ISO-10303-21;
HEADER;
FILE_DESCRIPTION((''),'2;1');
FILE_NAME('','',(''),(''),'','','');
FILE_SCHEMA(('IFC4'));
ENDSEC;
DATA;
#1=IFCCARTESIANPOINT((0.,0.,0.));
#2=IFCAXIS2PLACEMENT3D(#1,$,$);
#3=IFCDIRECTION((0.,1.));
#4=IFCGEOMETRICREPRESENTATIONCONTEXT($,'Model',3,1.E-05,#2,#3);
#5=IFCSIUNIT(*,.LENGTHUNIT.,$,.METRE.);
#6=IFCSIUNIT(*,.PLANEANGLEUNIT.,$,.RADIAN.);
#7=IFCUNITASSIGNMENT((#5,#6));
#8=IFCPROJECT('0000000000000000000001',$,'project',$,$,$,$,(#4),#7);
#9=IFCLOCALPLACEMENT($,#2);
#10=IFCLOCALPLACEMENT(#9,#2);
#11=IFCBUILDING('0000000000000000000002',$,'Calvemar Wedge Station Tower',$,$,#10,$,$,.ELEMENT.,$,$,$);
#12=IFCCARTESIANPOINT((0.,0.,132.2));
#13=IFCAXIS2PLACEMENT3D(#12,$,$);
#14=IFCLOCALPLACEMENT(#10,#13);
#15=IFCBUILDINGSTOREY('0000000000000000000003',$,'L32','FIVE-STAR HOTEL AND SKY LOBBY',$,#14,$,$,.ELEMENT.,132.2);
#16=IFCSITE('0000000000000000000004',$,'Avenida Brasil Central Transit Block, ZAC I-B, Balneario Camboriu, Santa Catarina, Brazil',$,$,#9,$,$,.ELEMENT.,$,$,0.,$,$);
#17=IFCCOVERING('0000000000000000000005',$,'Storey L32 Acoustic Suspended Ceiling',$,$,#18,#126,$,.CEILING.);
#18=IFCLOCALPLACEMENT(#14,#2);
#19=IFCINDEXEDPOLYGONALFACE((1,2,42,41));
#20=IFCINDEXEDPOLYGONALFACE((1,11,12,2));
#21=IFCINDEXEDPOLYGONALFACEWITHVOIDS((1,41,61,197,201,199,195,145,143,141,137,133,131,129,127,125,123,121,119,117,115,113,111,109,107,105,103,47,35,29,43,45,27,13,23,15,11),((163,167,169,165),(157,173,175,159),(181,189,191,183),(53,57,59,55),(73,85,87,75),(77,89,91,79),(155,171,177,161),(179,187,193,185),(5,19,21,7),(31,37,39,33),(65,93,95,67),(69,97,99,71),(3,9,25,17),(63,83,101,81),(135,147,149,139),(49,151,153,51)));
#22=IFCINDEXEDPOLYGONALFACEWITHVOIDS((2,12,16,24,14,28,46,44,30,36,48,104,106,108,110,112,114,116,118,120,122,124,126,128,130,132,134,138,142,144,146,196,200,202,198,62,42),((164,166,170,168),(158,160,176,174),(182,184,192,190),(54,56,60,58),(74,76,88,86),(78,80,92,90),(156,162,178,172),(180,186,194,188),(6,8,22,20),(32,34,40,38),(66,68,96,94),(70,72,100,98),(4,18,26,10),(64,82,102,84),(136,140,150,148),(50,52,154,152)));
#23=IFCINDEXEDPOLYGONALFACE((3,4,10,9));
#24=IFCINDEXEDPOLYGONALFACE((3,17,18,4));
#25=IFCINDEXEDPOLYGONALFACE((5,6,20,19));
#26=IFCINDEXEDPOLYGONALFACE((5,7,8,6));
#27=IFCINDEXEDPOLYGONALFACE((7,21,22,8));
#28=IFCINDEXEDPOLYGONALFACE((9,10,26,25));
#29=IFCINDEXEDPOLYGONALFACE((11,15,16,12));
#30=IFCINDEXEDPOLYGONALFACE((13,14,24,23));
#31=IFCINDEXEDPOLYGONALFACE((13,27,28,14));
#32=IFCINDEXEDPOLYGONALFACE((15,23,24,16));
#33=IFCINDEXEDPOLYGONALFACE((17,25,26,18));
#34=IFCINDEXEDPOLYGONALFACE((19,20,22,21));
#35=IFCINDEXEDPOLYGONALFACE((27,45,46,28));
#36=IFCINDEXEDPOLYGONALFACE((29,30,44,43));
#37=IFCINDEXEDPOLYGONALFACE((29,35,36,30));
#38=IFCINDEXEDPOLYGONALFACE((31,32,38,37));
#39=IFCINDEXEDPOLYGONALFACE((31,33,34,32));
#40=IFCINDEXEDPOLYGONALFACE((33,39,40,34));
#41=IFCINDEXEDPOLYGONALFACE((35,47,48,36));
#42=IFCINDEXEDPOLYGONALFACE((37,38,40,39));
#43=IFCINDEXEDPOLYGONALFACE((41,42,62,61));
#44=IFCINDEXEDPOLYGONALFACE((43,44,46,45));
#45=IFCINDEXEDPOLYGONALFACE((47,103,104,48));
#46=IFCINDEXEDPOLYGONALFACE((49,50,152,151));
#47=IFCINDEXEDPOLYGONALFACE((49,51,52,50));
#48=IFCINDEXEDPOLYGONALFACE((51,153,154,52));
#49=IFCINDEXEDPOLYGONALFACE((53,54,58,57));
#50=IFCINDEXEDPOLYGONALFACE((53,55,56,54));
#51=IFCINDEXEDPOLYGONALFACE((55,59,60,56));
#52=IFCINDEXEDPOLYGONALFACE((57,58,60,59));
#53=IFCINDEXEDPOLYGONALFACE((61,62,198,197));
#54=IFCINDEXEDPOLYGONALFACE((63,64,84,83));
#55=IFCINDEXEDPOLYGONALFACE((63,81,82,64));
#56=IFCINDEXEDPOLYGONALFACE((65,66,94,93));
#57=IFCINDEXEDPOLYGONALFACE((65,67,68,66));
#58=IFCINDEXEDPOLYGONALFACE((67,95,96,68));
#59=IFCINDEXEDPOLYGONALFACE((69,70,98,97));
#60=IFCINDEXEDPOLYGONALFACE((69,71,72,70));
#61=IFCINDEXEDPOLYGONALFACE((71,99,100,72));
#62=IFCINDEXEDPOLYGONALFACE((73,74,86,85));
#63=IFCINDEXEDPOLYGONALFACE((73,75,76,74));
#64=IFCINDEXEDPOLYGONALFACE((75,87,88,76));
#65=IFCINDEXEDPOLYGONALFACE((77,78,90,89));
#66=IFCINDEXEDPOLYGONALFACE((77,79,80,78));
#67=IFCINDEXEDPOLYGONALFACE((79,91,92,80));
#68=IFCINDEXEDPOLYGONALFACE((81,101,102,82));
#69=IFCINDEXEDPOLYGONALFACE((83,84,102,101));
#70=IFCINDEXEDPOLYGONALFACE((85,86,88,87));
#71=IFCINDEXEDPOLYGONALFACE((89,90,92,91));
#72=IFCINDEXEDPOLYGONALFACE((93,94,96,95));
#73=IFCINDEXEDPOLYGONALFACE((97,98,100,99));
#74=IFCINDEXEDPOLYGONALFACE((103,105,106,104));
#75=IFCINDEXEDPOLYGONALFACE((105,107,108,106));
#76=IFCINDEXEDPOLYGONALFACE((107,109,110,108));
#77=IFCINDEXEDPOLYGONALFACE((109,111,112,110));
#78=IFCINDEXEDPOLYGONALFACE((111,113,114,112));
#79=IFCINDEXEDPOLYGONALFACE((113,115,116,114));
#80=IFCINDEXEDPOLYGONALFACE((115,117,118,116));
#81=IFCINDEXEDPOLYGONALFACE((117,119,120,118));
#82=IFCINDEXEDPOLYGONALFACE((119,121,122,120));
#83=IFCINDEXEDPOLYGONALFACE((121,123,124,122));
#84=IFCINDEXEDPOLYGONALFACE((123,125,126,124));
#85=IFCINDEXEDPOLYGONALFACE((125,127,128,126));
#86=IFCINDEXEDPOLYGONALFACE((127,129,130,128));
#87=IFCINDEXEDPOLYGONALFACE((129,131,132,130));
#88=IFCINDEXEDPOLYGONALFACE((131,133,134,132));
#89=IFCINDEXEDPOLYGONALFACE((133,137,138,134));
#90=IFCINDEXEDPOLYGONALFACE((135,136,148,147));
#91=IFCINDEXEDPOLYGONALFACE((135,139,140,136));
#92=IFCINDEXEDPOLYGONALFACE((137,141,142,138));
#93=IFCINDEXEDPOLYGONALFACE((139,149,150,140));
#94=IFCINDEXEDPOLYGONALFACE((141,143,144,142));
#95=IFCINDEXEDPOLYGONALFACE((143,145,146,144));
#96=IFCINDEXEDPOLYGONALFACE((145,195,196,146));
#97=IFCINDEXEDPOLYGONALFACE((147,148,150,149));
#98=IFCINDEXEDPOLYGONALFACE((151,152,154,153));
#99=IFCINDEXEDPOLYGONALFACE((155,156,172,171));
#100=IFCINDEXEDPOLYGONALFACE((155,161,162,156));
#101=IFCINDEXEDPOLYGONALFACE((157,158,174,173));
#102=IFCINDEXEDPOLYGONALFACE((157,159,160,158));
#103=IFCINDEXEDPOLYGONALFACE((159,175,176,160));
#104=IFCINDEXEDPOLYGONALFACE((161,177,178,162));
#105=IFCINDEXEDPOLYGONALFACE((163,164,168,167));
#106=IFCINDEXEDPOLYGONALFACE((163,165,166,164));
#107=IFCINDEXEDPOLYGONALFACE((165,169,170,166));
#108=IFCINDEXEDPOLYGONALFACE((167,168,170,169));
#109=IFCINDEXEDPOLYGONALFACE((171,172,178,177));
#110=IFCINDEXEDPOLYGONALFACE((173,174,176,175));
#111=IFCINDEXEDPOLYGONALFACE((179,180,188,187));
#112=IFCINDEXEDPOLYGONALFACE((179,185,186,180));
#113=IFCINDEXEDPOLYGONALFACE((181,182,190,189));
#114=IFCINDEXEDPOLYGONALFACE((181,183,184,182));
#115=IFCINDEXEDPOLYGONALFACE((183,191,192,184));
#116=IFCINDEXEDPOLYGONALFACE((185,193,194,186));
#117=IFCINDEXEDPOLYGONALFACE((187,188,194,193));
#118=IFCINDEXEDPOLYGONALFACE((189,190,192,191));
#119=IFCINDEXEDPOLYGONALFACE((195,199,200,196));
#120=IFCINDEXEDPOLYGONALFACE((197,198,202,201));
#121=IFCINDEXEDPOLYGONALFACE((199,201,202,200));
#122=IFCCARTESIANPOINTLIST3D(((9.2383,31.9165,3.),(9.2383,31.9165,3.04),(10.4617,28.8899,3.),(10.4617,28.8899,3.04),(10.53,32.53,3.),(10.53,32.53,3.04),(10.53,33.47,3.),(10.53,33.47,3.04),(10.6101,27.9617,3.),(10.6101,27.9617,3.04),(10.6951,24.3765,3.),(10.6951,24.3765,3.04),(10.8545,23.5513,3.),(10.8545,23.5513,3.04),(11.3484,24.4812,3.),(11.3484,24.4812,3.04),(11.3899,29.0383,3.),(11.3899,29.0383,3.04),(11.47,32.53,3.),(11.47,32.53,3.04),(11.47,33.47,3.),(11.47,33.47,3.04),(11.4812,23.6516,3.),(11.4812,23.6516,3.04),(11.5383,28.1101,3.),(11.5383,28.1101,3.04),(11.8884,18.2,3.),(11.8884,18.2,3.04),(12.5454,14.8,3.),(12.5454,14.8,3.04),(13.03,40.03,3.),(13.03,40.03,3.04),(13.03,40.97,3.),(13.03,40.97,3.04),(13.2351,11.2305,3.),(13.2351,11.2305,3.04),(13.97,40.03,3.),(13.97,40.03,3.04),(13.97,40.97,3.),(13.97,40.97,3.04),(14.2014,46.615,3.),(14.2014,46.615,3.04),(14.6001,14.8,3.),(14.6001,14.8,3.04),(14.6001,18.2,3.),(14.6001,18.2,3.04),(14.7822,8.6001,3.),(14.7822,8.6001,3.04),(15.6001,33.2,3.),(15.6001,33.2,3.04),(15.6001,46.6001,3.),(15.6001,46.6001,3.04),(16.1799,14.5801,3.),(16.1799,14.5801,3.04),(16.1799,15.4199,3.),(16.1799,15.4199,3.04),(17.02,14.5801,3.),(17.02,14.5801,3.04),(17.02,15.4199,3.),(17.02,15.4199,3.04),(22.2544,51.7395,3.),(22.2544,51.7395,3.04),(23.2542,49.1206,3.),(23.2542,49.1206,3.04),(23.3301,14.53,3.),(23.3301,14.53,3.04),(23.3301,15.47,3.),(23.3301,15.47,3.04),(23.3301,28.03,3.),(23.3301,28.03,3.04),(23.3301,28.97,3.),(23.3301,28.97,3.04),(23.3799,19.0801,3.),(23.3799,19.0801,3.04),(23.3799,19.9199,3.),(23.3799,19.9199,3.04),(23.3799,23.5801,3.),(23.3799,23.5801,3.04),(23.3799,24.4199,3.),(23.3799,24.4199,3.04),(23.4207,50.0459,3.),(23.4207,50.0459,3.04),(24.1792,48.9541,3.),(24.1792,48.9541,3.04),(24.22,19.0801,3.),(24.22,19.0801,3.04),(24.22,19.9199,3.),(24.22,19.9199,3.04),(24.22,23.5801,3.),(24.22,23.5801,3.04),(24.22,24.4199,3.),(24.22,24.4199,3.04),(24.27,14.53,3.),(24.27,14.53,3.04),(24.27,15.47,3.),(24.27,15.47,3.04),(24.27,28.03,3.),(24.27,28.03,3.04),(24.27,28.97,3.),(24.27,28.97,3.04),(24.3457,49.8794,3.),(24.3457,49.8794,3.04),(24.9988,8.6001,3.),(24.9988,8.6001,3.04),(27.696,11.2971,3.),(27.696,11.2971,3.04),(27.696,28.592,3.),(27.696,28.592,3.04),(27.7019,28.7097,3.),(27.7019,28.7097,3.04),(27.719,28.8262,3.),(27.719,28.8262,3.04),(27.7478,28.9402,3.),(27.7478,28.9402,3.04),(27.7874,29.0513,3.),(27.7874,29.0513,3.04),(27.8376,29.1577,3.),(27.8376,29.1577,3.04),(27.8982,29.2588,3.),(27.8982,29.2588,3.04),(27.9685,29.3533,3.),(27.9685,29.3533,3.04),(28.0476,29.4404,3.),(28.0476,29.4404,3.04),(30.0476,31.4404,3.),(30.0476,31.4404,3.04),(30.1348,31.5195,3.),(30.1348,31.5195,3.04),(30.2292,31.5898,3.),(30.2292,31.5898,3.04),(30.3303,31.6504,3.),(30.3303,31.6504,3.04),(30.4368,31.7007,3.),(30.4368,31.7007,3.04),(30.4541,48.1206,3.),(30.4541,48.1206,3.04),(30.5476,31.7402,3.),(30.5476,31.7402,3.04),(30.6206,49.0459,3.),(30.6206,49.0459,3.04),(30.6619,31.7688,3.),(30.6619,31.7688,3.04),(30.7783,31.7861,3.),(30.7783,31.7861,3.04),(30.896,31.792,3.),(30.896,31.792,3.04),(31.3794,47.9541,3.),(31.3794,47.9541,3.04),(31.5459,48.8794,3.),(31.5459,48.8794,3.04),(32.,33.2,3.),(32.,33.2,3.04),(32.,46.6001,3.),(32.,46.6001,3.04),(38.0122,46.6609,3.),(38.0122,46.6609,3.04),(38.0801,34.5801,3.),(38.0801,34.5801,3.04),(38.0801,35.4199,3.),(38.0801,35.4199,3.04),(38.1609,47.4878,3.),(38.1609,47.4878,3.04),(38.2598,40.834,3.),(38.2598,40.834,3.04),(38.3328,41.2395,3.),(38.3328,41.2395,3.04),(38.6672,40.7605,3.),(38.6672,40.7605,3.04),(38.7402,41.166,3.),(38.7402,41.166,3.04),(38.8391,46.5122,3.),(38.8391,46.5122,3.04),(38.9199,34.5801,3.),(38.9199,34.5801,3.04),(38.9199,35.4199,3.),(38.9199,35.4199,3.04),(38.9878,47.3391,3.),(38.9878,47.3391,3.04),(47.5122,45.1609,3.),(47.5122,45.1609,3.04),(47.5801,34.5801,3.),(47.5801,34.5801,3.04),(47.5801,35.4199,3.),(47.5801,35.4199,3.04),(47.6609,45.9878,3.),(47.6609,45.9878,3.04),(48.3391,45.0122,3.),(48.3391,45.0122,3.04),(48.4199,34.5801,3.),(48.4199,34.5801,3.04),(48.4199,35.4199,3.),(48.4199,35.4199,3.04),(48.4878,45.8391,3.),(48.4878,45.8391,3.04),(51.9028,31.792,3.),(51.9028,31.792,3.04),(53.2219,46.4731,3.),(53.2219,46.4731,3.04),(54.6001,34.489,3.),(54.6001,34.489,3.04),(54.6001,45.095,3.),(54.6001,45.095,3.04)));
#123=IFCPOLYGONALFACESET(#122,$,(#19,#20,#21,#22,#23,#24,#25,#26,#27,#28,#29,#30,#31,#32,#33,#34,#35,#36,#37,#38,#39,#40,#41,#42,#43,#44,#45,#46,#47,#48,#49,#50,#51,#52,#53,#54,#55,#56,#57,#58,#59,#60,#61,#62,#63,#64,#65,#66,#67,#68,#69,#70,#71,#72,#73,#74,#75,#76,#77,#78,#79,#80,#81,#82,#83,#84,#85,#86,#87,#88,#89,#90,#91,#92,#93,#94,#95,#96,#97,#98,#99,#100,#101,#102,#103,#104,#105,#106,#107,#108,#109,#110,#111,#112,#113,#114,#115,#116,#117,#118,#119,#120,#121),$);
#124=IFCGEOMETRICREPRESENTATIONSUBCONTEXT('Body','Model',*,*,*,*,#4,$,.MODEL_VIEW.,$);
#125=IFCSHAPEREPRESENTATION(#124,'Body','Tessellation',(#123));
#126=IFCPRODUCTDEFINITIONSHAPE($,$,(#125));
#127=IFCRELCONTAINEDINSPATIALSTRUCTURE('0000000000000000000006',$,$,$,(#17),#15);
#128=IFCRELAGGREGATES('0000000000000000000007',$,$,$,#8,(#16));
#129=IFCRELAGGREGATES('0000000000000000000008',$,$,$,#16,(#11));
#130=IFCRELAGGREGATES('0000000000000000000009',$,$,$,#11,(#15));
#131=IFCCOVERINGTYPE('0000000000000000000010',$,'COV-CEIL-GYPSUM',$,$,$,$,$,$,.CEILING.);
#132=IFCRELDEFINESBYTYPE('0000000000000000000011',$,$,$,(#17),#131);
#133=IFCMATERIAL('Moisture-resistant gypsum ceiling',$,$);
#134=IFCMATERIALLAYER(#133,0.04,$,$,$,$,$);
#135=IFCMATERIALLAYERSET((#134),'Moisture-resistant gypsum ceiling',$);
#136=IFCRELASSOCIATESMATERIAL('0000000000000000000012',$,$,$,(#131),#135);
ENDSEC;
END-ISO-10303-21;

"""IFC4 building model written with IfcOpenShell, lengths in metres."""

from ifc_helpers import new_model, si_unit, direction, frame, origin, place, context, subcontext, project, spatial, polyline, outline, extrude, material, layer, layer_set, type_object, element, save


model = new_model("IFC4")

# Units and contexts
model_context = context("Model", 3, precision=1e-05, world=origin(), true_north=direction((0.0, 1.0)))
body_context = subcontext(model_context, "Body", "Model", "MODEL_VIEW")
ifc_project = project(units=[si_unit("LENGTHUNIT", "METRE"), si_unit("PLANEANGLEUNIT", "RADIAN")], contexts=[model_context])

# Site, building, storey
site_placement = place(None, origin())
site = spatial("IfcSite", under=ifc_project, at=site_placement, Name="Avenida Brasil Central Transit Block, ZAC I-B, Balneario Camboriu, Santa Catarina, Brazil", CompositionType="ELEMENT", RefElevation=0.0)
building_placement = place(site_placement, origin())
building = spatial("IfcBuilding", under=site, at=building_placement, Name="Calvemar Wedge Station Tower", CompositionType="ELEMENT")
storey_placement = place(building_placement, frame((0.0, 0.0, 132.2)))
storey = spatial("IfcBuildingStorey", under=building, at=storey_placement, Name="L32", Description="FIVE-STAR HOTEL AND SKY LOBBY", CompositionType="ELEMENT", Elevation=132.2)

# Covering
ifc_material_1 = material(Name="Moisture-resistant gypsum ceiling")
ifc_layer_1 = layer(ifc_material_1, 0.04)
ifc_layer_set_1 = layer_set([ifc_layer_1], Name="Moisture-resistant gypsum ceiling")
covering_type_1 = type_object("IfcCoveringType", Name="COV-CEIL-GYPSUM", PredefinedType="CEILING", material=ifc_layer_set_1)
covering_1_placement = place(storey_placement, frame((0.0, 0.0, 3.0)))
element("IfcCovering", 1, at=covering_1_placement, inside=storey, type_object=covering_type_1, Name="Storey L32 Acoustic Suspended Ceiling", PredefinedType="CEILING", context=body_context, shape_type="SweptSolid", body=[
    extrude(outline(polyline([(28.0476, 29.4404), (30.0476, 31.4404), (30.1348, 31.5195), (30.2292, 31.5898), (30.3303, 31.6504), (30.4368, 31.7007), (30.5476, 31.7402), (30.6619, 31.7688), (30.7783, 31.7861), (30.896, 31.792), (51.9028, 31.792), (54.6001, 34.489), (54.6001, 45.095), (53.2219, 46.4731), (22.2544, 51.7395), (14.2014, 46.615), (9.2383, 31.9165), (10.6951, 24.3765), (11.3484, 24.4812), (11.4812, 23.6516), (10.8545, 23.5513), (11.8884, 18.2), (14.6001, 18.2), (14.6001, 14.8), (12.5454, 14.8), (13.2351, 11.2305), (14.7822, 8.6001), (24.9988, 8.6001), (27.696, 11.2971), (27.696, 28.592), (27.7019, 28.7097), (27.719, 28.8262), (27.7478, 28.9402), (27.7874, 29.0513), (27.8376, 29.1577), (27.8982, 29.2588), (27.9685, 29.3533), (28.0476, 29.4404)]), holes=[polyline([(15.6001, 46.6001), (32.0, 46.6001), (32.0, 33.2), (15.6001, 33.2), (15.6001, 46.6001)]), polyline([(10.53, 32.53), (10.53, 33.47), (11.47, 33.47), (11.47, 32.53), (10.53, 32.53)]), polyline([(13.03, 40.97), (13.97, 40.97), (13.97, 40.03), (13.03, 40.03), (13.03, 40.97)]), polyline([(24.3457, 49.8794), (24.1792, 48.9541), (23.2542, 49.1206), (23.4207, 50.0459), (24.3457, 49.8794)]), polyline([(31.3794, 47.9541), (30.4541, 48.1206), (30.6206, 49.0459), (31.5459, 48.8794), (31.3794, 47.9541)]), polyline([(38.0122, 46.6609), (38.1609, 47.4878), (38.9878, 47.3391), (38.8391, 46.5122), (38.0122, 46.6609)]), polyline([(47.6609, 45.9878), (48.4878, 45.8391), (48.3391, 45.0122), (47.5122, 45.1609), (47.6609, 45.9878)]), polyline([(38.9199, 35.4199), (38.9199, 34.5801), (38.0801, 34.5801), (38.0801, 35.4199), (38.9199, 35.4199)]), polyline([(48.4199, 34.5801), (47.5801, 34.5801), (47.5801, 35.4199), (48.4199, 35.4199), (48.4199, 34.5801)]), polyline([(38.2598, 40.834), (38.3328, 41.2395), (38.7402, 41.166), (38.6672, 40.7605), (38.2598, 40.834)]), polyline([(11.3899, 29.0383), (11.5383, 28.1101), (10.6101, 27.9617), (10.4617, 28.8899), (11.3899, 29.0383)]), polyline([(24.27, 28.03), (23.3301, 28.03), (23.3301, 28.97), (24.27, 28.97), (24.27, 28.03)]), polyline([(23.3799, 23.5801), (23.3799, 24.4199), (24.22, 24.4199), (24.22, 23.5801), (23.3799, 23.5801)]), polyline([(23.3799, 19.9199), (24.22, 19.9199), (24.22, 19.0801), (23.3799, 19.0801), (23.3799, 19.9199)]), polyline([(24.27, 15.47), (24.27, 14.53), (23.3301, 14.53), (23.3301, 15.47), (24.27, 15.47)]), polyline([(17.02, 14.5801), (16.1799, 14.5801), (16.1799, 15.4199), (17.02, 15.4199), (17.02, 14.5801)])]), origin(), (0.0, 0.0, 1.0), 0.04),
])

save(model, "model.ifc")
